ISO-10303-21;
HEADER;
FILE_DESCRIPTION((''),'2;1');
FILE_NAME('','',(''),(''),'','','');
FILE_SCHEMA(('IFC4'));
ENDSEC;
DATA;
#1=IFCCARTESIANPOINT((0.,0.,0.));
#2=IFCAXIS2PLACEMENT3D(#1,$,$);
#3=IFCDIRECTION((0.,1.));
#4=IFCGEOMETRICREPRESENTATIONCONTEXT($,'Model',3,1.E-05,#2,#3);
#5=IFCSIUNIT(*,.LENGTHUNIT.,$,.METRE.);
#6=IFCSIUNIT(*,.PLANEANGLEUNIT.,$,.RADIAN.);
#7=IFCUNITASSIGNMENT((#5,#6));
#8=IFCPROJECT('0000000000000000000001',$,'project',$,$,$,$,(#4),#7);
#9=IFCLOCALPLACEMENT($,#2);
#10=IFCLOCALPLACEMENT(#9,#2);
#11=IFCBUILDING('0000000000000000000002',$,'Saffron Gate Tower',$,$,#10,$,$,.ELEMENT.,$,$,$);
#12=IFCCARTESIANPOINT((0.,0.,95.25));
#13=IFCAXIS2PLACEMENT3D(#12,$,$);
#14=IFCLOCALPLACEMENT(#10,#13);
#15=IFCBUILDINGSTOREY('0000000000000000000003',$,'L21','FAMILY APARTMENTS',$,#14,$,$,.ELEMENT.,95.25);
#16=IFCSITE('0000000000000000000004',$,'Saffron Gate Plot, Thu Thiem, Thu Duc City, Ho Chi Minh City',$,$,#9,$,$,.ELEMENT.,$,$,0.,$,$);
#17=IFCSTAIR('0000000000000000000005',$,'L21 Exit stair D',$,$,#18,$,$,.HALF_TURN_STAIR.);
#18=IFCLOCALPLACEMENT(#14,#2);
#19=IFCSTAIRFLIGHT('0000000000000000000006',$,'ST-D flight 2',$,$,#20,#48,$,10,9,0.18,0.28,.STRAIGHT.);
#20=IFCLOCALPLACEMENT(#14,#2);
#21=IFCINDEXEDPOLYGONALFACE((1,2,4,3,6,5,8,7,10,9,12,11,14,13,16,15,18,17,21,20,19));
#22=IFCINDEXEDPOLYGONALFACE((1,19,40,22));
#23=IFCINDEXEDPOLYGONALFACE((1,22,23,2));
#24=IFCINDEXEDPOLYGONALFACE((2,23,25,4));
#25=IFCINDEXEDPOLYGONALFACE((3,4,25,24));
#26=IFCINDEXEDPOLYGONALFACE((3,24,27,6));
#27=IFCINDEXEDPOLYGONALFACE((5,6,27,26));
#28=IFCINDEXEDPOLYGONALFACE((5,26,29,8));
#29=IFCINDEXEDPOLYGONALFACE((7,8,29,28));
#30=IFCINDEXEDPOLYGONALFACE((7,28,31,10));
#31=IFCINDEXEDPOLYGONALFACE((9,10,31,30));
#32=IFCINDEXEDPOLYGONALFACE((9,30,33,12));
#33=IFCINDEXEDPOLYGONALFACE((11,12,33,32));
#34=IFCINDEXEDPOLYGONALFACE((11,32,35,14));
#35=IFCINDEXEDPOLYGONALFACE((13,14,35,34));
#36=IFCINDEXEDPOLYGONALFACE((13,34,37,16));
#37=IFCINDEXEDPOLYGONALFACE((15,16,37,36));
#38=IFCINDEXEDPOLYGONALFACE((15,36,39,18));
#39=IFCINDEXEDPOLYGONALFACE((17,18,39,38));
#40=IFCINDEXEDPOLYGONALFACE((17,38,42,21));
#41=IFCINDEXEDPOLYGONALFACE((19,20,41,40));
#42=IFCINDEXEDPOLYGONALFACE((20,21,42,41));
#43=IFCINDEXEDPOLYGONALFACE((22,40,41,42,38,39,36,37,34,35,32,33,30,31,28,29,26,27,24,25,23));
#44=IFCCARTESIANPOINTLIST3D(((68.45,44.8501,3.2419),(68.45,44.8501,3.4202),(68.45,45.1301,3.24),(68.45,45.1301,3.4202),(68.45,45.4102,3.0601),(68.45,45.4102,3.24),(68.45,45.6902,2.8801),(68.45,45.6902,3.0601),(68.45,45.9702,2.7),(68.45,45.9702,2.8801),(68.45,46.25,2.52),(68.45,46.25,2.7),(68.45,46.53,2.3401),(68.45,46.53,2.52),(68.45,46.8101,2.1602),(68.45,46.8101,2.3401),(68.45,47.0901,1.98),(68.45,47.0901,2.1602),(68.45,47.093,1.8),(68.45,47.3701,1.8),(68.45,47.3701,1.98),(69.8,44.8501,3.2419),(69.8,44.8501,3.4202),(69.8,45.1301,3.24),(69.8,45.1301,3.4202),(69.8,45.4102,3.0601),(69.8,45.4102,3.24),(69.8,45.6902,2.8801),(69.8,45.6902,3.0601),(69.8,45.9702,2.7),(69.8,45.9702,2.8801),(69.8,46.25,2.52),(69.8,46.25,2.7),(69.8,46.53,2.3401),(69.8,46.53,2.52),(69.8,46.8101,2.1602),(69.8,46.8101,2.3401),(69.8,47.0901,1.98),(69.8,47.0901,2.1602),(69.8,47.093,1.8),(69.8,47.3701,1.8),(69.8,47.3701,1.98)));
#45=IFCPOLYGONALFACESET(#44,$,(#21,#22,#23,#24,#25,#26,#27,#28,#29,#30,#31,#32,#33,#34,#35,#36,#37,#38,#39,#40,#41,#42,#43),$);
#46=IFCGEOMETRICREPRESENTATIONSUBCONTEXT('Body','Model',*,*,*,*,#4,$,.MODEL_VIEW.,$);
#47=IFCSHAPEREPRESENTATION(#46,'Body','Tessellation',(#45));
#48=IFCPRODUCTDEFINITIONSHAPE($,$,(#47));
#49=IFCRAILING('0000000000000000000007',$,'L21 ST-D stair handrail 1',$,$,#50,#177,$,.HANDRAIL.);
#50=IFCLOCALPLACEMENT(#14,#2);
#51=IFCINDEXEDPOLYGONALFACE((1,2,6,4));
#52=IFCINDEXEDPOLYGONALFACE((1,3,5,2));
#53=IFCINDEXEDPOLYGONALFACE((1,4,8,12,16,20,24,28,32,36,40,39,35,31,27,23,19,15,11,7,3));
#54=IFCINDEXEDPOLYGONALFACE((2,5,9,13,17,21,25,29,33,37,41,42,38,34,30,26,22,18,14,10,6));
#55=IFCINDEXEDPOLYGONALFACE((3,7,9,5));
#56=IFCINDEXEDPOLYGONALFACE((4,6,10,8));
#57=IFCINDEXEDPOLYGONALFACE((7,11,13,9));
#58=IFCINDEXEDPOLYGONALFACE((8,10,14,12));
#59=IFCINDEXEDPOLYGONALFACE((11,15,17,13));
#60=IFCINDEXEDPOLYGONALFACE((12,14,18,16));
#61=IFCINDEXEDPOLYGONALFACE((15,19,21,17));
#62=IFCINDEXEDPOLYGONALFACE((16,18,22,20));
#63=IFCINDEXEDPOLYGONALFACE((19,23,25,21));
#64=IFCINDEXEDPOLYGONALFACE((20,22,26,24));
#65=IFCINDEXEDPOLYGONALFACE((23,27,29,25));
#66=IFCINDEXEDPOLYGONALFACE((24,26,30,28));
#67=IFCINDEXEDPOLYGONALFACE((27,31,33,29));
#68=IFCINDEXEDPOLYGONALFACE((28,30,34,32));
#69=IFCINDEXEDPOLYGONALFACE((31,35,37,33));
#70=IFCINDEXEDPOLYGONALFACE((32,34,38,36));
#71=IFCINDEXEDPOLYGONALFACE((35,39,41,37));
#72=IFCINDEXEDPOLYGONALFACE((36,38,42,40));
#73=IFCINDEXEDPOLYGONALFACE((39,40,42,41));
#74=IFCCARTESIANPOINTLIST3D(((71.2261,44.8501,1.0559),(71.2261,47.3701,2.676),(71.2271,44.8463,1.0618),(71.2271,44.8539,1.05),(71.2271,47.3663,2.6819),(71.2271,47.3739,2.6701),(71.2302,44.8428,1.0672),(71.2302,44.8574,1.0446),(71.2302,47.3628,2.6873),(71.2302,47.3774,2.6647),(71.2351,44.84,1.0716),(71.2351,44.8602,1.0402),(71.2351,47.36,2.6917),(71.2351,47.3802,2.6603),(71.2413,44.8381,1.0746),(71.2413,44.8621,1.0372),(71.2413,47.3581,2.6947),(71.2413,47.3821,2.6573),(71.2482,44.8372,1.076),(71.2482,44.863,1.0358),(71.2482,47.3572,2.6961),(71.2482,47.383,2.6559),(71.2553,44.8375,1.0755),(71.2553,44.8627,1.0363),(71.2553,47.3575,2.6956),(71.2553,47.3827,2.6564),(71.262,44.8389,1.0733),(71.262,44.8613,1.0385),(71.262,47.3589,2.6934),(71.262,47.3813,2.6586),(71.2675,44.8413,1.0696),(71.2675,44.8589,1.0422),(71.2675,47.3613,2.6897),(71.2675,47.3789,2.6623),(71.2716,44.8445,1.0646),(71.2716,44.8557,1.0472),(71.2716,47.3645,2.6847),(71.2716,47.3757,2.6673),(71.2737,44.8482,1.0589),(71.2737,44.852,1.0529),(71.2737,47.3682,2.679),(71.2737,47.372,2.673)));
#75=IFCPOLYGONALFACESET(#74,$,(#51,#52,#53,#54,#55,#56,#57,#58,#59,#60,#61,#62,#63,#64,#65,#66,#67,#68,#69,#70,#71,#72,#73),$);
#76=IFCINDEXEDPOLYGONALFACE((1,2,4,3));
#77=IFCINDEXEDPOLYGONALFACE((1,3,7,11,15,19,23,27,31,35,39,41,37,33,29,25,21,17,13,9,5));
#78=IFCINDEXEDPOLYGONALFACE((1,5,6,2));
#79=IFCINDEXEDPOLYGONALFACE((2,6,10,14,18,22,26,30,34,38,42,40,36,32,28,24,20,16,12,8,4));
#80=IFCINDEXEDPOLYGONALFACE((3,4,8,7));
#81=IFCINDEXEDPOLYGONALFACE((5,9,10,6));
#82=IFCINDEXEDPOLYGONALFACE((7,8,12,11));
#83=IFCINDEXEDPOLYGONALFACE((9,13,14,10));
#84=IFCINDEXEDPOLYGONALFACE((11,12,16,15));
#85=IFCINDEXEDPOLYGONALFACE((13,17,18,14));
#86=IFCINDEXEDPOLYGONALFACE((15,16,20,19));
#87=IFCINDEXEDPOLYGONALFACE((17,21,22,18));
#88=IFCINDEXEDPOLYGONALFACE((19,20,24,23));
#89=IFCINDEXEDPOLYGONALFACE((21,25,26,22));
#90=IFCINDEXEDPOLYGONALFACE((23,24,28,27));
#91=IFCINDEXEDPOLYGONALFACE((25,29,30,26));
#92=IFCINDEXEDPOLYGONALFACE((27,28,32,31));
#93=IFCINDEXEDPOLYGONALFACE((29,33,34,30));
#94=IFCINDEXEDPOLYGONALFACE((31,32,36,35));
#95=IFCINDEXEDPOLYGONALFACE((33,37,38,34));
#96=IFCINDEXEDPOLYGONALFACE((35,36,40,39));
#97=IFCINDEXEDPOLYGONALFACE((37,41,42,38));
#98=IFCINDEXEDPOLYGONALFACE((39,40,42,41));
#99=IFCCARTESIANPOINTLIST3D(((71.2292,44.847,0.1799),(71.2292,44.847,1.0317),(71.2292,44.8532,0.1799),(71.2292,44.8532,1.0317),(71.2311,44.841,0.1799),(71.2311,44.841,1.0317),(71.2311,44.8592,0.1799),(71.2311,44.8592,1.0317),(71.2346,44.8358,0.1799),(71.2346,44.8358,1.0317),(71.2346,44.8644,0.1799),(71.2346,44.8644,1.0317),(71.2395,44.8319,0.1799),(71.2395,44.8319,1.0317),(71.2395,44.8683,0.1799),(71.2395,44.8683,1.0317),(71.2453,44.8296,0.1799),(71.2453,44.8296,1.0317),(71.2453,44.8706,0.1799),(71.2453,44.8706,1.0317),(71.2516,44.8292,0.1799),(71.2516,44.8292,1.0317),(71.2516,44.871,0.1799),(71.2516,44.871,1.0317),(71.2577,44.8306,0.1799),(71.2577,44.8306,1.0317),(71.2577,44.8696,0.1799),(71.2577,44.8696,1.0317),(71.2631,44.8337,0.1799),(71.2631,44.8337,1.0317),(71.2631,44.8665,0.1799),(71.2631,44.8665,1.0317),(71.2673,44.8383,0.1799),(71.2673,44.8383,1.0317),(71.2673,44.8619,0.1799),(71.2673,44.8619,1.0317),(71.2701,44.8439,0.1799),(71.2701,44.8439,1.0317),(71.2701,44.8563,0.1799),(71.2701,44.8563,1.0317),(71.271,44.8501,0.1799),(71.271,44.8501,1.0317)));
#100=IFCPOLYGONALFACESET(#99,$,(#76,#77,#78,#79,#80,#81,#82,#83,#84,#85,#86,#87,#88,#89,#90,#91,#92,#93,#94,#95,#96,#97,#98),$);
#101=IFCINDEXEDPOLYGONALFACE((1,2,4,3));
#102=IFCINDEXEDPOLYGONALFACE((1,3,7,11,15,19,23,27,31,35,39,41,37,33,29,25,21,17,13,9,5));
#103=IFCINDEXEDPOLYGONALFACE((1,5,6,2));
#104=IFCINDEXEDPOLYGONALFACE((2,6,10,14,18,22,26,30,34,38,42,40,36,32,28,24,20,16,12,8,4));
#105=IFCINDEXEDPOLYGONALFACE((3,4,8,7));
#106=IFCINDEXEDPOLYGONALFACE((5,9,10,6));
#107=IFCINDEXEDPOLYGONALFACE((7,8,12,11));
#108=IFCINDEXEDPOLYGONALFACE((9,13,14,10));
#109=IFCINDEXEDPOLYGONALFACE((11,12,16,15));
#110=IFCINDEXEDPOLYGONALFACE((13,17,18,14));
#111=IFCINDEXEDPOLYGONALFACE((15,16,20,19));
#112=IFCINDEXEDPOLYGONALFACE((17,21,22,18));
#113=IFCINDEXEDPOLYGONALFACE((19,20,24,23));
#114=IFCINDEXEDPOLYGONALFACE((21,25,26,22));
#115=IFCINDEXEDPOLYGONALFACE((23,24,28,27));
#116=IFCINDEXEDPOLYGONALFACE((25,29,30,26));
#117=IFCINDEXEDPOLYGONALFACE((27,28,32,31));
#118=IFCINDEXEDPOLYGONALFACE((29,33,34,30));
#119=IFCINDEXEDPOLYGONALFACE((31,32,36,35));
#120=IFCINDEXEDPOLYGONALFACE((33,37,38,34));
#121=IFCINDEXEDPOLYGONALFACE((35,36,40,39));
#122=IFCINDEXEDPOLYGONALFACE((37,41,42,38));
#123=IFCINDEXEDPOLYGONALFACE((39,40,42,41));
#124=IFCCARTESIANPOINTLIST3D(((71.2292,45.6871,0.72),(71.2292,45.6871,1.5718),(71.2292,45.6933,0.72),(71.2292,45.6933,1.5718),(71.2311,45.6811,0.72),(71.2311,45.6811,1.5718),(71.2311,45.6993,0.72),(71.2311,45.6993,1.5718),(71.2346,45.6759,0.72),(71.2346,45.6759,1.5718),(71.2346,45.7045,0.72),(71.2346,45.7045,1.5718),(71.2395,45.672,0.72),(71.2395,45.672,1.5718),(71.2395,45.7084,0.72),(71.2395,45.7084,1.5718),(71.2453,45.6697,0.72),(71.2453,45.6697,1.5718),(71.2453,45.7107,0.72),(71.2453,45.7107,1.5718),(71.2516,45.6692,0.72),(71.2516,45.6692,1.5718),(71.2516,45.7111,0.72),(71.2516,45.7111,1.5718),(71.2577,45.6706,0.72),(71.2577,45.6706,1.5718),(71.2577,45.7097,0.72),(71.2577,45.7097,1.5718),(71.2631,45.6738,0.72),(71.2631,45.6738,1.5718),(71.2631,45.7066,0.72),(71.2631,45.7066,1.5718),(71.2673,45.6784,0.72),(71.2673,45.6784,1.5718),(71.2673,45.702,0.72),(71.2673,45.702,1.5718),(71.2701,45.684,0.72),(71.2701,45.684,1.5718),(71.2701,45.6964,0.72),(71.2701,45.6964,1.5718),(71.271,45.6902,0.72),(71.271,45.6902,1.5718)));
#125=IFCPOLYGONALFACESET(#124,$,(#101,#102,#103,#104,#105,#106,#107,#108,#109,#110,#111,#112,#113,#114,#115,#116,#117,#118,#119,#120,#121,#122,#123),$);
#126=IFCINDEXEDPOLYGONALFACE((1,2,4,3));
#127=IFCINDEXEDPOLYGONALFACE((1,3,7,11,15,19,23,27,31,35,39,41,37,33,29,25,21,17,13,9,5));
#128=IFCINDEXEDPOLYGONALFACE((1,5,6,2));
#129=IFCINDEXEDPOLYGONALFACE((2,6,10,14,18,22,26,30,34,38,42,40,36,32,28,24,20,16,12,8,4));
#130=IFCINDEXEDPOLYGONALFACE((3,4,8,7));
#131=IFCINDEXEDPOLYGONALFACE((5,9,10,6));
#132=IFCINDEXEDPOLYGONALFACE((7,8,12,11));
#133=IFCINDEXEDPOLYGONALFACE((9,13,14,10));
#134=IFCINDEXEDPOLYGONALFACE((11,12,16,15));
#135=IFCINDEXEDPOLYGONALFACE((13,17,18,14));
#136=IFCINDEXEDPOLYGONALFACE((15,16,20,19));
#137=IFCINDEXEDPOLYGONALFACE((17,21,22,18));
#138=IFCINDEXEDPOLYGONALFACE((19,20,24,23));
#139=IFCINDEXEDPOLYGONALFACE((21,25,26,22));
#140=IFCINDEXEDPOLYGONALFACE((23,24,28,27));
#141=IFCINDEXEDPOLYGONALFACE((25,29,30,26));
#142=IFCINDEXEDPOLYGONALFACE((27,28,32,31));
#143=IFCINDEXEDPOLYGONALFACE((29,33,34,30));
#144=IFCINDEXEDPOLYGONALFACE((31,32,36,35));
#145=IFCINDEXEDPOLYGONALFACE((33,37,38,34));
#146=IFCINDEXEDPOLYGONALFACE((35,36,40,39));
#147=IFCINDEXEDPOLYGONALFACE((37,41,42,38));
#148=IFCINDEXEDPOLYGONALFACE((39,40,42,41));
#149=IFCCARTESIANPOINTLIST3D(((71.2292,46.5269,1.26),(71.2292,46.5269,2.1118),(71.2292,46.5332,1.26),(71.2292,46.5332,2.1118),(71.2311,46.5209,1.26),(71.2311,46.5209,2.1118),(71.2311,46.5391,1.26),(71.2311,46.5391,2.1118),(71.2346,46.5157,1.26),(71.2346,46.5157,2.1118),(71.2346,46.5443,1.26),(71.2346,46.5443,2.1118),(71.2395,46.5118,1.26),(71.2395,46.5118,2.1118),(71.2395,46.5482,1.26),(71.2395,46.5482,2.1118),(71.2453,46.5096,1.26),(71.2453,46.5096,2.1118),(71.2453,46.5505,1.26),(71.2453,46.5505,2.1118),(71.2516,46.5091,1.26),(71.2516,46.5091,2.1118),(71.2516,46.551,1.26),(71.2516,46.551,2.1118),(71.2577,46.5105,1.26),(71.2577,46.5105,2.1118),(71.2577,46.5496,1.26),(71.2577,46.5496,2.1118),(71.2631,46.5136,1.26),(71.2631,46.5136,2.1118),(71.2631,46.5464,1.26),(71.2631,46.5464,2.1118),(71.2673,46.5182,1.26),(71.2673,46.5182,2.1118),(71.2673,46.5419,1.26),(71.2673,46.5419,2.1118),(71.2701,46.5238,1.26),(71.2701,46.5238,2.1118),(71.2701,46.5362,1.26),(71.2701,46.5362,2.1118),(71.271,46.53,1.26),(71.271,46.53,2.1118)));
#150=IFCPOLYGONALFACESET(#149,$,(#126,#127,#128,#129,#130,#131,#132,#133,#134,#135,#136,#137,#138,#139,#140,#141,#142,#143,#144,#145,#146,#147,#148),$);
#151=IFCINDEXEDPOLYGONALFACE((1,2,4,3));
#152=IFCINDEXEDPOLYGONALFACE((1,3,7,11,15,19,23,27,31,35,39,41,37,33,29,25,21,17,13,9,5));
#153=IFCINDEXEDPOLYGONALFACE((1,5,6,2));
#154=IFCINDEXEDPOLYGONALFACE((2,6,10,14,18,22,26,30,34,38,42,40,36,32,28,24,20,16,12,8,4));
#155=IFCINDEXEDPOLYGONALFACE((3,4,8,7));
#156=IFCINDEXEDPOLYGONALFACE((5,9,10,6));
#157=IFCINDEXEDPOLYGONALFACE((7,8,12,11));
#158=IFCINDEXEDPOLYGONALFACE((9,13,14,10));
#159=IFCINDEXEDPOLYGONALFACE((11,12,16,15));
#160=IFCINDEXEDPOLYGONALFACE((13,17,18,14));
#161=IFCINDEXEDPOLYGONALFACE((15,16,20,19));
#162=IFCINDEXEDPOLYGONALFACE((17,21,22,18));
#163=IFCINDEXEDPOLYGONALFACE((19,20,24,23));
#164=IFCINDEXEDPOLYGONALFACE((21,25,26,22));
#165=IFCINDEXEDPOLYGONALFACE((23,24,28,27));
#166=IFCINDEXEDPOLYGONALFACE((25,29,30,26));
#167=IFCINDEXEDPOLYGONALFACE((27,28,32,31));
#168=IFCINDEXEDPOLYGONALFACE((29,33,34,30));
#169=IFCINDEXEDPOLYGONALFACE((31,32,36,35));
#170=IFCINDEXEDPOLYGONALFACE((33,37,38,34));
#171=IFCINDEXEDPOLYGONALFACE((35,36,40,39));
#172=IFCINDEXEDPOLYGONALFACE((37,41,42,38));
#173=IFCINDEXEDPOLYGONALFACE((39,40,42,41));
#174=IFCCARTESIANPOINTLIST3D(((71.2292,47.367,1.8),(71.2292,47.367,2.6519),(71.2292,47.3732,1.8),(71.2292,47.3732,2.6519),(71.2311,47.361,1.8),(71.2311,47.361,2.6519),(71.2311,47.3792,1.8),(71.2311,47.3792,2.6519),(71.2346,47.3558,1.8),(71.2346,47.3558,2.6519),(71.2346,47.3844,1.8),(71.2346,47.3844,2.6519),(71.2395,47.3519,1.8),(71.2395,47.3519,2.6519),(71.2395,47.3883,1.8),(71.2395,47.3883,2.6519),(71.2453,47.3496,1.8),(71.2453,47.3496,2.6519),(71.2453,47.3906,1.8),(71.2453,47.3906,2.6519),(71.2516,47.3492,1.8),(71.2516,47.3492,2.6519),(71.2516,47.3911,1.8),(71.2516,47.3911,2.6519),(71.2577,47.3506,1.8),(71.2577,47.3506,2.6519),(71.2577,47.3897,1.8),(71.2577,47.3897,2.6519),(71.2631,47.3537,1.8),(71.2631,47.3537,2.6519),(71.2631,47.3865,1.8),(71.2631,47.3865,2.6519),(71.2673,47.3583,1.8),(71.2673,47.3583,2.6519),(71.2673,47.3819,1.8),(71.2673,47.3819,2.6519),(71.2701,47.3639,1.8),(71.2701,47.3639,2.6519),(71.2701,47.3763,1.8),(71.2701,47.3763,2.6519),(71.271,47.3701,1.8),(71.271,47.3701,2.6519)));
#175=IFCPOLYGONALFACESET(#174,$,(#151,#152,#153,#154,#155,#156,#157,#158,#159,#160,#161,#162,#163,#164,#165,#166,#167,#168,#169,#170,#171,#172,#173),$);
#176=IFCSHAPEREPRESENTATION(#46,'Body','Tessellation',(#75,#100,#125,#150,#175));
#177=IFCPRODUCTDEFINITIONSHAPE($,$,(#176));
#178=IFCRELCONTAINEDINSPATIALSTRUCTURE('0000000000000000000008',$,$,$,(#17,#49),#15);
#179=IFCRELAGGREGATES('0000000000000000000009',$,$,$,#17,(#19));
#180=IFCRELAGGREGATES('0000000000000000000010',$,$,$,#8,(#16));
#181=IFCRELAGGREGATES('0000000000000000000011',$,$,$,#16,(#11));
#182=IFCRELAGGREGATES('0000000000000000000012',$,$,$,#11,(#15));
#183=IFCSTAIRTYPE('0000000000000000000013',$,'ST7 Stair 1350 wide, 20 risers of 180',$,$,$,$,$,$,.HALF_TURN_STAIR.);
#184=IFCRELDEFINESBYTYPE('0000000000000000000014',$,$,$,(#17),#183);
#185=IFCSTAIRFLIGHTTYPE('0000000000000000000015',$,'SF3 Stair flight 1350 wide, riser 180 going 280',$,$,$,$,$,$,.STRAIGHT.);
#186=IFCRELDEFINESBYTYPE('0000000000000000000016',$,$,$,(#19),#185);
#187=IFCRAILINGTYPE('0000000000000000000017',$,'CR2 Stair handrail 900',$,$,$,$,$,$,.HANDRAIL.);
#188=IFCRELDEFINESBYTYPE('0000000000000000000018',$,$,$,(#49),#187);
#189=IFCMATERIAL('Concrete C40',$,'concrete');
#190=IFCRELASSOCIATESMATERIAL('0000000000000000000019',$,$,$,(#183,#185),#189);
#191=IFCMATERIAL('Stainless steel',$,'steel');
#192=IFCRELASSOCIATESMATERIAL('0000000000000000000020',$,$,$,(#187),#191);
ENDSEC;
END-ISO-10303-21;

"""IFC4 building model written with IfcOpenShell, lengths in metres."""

from ifc_helpers import new_model, si_unit, direction, frame, origin, origin_2d, place, context, subcontext, project, spatial, polyline, circle, outline, extrude, material, type_object, element, aggregate, save


model = new_model("IFC4")

# Units and contexts
model_context = context("Model", 3, precision=1e-05, world=origin(), true_north=direction((0.0, 1.0)))
body_context = subcontext(model_context, "Body", "Model", "MODEL_VIEW")
ifc_project = project(units=[si_unit("LENGTHUNIT", "METRE"), si_unit("PLANEANGLEUNIT", "RADIAN")], contexts=[model_context])

# Site, building, storey
site_placement = place(None, origin())
site = spatial("IfcSite", under=ifc_project, at=site_placement, Name="Saffron Gate Plot, Thu Thiem, Thu Duc City, Ho Chi Minh City", CompositionType="ELEMENT", RefElevation=0.0)
building_placement = place(site_placement, origin())
building = spatial("IfcBuilding", under=site, at=building_placement, Name="Saffron Gate Tower", CompositionType="ELEMENT")
storey_placement = place(building_placement, frame((0.0, 0.0, 95.25)))
storey = spatial("IfcBuildingStorey", under=building, at=storey_placement, Name="L21", Description="FAMILY APARTMENTS", CompositionType="ELEMENT", Elevation=95.25)

# Stair, stair flight
ifc_material_1 = material(Name="Concrete C40", Category="concrete")
stair_type = type_object("IfcStairType", Name="ST7 Stair 1350 wide, 20 risers of 180", PredefinedType="HALF_TURN_STAIR", material=ifc_material_1)
stair_placement = place(storey_placement, origin())
stair = element("IfcStair", 1, at=stair_placement, inside=storey, type_object=stair_type, Name="L21 Exit stair D", PredefinedType="HALF_TURN_STAIR")
stair_flight_type = type_object("IfcStairFlightType", Name="SF3 Stair flight 1350 wide, riser 180 going 280", PredefinedType="STRAIGHT", material=ifc_material_1)
stair_flight_1_placement = place(storey_placement, frame((69.125, 47.3701, 1.8), z_axis=(0.0, 0.0, 1.0), x_axis=(0.0, -1.0, 0.0)))
stair_flight_1 = element("IfcStairFlight", 2, at=stair_flight_1_placement, type_object=stair_flight_type, Name="ST-D flight 2", NumberOfRisers=10, NumberOfTreads=9, PredefinedType="STRAIGHT", RiserHeight=0.18, TreadLength=0.28, context=body_context, shape_type="SweptSolid", body=[
    extrude(outline(polyline([(0.0, 0.0), (0.0, 0.1799), (0.28, 0.1799), (0.28, 0.3601), (0.5601, 0.3601), (0.5601, 0.54), (0.8401, 0.54), (0.8401, 0.72), (1.1201, 0.72), (1.1201, 0.8999), (1.3999, 0.8999), (1.3999, 1.0801), (1.6799, 1.0801), (1.6799, 1.26), (1.96, 1.26), (1.96, 1.4399), (2.24, 1.4399), (2.24, 1.6201), (2.52, 1.6201), (2.52, 1.8), (2.52, 1.4419), (0.2771, 0.0), (0.0, 0.0)])), frame((0.0, 0.675, 0.0), z_axis=(0.0, -1.0, 0.0), x_axis=(1.0, 0.0, 0.0)), (0.0, 0.0, 1.0), 1.3501),
])
aggregate(stair, [stair_flight_1])

# Railing
ifc_material_2 = material(Name="Stainless steel", Category="steel")
railing_type_1 = type_object("IfcRailingType", Name="CR2 Stair handrail 900", PredefinedType="HANDRAIL", material=ifc_material_2)
railing_1_placement = place(storey_placement, frame((71.25, 44.8501, 0.1799)))
element("IfcRailing", 3, at=railing_1_placement, inside=storey, type_object=railing_type_1, Name="L21 ST-D stair handrail 1", PredefinedType="HANDRAIL", context=body_context, shape_type="SweptSolid", body=[
    extrude(circle(Radius=0.0239, at=origin_2d()), frame((0.0, 0.0, 0.876), z_axis=(0.0, 0.841163, 0.540782), x_axis=(-1.0, 0.0, 0.0)), (0.0, 0.0, 1.0), 2.9958),
    extrude(circle(Radius=0.021, at=origin_2d()), origin(), (0.0, 0.0, 1.0), 0.8518),
    extrude(circle(Radius=0.021, at=origin_2d()), frame((0.0, 0.8401, 0.54)), (0.0, 0.0, 1.0), 0.8518),
    extrude(circle(Radius=0.021, at=origin_2d()), frame((0.0, 1.6799, 1.0801)), (0.0, 0.0, 1.0), 0.8518),
    extrude(circle(Radius=0.021, at=origin_2d()), frame((0.0, 2.52, 1.6201)), (0.0, 0.0, 1.0), 0.8518),
])

save(model, "model.ifc")
